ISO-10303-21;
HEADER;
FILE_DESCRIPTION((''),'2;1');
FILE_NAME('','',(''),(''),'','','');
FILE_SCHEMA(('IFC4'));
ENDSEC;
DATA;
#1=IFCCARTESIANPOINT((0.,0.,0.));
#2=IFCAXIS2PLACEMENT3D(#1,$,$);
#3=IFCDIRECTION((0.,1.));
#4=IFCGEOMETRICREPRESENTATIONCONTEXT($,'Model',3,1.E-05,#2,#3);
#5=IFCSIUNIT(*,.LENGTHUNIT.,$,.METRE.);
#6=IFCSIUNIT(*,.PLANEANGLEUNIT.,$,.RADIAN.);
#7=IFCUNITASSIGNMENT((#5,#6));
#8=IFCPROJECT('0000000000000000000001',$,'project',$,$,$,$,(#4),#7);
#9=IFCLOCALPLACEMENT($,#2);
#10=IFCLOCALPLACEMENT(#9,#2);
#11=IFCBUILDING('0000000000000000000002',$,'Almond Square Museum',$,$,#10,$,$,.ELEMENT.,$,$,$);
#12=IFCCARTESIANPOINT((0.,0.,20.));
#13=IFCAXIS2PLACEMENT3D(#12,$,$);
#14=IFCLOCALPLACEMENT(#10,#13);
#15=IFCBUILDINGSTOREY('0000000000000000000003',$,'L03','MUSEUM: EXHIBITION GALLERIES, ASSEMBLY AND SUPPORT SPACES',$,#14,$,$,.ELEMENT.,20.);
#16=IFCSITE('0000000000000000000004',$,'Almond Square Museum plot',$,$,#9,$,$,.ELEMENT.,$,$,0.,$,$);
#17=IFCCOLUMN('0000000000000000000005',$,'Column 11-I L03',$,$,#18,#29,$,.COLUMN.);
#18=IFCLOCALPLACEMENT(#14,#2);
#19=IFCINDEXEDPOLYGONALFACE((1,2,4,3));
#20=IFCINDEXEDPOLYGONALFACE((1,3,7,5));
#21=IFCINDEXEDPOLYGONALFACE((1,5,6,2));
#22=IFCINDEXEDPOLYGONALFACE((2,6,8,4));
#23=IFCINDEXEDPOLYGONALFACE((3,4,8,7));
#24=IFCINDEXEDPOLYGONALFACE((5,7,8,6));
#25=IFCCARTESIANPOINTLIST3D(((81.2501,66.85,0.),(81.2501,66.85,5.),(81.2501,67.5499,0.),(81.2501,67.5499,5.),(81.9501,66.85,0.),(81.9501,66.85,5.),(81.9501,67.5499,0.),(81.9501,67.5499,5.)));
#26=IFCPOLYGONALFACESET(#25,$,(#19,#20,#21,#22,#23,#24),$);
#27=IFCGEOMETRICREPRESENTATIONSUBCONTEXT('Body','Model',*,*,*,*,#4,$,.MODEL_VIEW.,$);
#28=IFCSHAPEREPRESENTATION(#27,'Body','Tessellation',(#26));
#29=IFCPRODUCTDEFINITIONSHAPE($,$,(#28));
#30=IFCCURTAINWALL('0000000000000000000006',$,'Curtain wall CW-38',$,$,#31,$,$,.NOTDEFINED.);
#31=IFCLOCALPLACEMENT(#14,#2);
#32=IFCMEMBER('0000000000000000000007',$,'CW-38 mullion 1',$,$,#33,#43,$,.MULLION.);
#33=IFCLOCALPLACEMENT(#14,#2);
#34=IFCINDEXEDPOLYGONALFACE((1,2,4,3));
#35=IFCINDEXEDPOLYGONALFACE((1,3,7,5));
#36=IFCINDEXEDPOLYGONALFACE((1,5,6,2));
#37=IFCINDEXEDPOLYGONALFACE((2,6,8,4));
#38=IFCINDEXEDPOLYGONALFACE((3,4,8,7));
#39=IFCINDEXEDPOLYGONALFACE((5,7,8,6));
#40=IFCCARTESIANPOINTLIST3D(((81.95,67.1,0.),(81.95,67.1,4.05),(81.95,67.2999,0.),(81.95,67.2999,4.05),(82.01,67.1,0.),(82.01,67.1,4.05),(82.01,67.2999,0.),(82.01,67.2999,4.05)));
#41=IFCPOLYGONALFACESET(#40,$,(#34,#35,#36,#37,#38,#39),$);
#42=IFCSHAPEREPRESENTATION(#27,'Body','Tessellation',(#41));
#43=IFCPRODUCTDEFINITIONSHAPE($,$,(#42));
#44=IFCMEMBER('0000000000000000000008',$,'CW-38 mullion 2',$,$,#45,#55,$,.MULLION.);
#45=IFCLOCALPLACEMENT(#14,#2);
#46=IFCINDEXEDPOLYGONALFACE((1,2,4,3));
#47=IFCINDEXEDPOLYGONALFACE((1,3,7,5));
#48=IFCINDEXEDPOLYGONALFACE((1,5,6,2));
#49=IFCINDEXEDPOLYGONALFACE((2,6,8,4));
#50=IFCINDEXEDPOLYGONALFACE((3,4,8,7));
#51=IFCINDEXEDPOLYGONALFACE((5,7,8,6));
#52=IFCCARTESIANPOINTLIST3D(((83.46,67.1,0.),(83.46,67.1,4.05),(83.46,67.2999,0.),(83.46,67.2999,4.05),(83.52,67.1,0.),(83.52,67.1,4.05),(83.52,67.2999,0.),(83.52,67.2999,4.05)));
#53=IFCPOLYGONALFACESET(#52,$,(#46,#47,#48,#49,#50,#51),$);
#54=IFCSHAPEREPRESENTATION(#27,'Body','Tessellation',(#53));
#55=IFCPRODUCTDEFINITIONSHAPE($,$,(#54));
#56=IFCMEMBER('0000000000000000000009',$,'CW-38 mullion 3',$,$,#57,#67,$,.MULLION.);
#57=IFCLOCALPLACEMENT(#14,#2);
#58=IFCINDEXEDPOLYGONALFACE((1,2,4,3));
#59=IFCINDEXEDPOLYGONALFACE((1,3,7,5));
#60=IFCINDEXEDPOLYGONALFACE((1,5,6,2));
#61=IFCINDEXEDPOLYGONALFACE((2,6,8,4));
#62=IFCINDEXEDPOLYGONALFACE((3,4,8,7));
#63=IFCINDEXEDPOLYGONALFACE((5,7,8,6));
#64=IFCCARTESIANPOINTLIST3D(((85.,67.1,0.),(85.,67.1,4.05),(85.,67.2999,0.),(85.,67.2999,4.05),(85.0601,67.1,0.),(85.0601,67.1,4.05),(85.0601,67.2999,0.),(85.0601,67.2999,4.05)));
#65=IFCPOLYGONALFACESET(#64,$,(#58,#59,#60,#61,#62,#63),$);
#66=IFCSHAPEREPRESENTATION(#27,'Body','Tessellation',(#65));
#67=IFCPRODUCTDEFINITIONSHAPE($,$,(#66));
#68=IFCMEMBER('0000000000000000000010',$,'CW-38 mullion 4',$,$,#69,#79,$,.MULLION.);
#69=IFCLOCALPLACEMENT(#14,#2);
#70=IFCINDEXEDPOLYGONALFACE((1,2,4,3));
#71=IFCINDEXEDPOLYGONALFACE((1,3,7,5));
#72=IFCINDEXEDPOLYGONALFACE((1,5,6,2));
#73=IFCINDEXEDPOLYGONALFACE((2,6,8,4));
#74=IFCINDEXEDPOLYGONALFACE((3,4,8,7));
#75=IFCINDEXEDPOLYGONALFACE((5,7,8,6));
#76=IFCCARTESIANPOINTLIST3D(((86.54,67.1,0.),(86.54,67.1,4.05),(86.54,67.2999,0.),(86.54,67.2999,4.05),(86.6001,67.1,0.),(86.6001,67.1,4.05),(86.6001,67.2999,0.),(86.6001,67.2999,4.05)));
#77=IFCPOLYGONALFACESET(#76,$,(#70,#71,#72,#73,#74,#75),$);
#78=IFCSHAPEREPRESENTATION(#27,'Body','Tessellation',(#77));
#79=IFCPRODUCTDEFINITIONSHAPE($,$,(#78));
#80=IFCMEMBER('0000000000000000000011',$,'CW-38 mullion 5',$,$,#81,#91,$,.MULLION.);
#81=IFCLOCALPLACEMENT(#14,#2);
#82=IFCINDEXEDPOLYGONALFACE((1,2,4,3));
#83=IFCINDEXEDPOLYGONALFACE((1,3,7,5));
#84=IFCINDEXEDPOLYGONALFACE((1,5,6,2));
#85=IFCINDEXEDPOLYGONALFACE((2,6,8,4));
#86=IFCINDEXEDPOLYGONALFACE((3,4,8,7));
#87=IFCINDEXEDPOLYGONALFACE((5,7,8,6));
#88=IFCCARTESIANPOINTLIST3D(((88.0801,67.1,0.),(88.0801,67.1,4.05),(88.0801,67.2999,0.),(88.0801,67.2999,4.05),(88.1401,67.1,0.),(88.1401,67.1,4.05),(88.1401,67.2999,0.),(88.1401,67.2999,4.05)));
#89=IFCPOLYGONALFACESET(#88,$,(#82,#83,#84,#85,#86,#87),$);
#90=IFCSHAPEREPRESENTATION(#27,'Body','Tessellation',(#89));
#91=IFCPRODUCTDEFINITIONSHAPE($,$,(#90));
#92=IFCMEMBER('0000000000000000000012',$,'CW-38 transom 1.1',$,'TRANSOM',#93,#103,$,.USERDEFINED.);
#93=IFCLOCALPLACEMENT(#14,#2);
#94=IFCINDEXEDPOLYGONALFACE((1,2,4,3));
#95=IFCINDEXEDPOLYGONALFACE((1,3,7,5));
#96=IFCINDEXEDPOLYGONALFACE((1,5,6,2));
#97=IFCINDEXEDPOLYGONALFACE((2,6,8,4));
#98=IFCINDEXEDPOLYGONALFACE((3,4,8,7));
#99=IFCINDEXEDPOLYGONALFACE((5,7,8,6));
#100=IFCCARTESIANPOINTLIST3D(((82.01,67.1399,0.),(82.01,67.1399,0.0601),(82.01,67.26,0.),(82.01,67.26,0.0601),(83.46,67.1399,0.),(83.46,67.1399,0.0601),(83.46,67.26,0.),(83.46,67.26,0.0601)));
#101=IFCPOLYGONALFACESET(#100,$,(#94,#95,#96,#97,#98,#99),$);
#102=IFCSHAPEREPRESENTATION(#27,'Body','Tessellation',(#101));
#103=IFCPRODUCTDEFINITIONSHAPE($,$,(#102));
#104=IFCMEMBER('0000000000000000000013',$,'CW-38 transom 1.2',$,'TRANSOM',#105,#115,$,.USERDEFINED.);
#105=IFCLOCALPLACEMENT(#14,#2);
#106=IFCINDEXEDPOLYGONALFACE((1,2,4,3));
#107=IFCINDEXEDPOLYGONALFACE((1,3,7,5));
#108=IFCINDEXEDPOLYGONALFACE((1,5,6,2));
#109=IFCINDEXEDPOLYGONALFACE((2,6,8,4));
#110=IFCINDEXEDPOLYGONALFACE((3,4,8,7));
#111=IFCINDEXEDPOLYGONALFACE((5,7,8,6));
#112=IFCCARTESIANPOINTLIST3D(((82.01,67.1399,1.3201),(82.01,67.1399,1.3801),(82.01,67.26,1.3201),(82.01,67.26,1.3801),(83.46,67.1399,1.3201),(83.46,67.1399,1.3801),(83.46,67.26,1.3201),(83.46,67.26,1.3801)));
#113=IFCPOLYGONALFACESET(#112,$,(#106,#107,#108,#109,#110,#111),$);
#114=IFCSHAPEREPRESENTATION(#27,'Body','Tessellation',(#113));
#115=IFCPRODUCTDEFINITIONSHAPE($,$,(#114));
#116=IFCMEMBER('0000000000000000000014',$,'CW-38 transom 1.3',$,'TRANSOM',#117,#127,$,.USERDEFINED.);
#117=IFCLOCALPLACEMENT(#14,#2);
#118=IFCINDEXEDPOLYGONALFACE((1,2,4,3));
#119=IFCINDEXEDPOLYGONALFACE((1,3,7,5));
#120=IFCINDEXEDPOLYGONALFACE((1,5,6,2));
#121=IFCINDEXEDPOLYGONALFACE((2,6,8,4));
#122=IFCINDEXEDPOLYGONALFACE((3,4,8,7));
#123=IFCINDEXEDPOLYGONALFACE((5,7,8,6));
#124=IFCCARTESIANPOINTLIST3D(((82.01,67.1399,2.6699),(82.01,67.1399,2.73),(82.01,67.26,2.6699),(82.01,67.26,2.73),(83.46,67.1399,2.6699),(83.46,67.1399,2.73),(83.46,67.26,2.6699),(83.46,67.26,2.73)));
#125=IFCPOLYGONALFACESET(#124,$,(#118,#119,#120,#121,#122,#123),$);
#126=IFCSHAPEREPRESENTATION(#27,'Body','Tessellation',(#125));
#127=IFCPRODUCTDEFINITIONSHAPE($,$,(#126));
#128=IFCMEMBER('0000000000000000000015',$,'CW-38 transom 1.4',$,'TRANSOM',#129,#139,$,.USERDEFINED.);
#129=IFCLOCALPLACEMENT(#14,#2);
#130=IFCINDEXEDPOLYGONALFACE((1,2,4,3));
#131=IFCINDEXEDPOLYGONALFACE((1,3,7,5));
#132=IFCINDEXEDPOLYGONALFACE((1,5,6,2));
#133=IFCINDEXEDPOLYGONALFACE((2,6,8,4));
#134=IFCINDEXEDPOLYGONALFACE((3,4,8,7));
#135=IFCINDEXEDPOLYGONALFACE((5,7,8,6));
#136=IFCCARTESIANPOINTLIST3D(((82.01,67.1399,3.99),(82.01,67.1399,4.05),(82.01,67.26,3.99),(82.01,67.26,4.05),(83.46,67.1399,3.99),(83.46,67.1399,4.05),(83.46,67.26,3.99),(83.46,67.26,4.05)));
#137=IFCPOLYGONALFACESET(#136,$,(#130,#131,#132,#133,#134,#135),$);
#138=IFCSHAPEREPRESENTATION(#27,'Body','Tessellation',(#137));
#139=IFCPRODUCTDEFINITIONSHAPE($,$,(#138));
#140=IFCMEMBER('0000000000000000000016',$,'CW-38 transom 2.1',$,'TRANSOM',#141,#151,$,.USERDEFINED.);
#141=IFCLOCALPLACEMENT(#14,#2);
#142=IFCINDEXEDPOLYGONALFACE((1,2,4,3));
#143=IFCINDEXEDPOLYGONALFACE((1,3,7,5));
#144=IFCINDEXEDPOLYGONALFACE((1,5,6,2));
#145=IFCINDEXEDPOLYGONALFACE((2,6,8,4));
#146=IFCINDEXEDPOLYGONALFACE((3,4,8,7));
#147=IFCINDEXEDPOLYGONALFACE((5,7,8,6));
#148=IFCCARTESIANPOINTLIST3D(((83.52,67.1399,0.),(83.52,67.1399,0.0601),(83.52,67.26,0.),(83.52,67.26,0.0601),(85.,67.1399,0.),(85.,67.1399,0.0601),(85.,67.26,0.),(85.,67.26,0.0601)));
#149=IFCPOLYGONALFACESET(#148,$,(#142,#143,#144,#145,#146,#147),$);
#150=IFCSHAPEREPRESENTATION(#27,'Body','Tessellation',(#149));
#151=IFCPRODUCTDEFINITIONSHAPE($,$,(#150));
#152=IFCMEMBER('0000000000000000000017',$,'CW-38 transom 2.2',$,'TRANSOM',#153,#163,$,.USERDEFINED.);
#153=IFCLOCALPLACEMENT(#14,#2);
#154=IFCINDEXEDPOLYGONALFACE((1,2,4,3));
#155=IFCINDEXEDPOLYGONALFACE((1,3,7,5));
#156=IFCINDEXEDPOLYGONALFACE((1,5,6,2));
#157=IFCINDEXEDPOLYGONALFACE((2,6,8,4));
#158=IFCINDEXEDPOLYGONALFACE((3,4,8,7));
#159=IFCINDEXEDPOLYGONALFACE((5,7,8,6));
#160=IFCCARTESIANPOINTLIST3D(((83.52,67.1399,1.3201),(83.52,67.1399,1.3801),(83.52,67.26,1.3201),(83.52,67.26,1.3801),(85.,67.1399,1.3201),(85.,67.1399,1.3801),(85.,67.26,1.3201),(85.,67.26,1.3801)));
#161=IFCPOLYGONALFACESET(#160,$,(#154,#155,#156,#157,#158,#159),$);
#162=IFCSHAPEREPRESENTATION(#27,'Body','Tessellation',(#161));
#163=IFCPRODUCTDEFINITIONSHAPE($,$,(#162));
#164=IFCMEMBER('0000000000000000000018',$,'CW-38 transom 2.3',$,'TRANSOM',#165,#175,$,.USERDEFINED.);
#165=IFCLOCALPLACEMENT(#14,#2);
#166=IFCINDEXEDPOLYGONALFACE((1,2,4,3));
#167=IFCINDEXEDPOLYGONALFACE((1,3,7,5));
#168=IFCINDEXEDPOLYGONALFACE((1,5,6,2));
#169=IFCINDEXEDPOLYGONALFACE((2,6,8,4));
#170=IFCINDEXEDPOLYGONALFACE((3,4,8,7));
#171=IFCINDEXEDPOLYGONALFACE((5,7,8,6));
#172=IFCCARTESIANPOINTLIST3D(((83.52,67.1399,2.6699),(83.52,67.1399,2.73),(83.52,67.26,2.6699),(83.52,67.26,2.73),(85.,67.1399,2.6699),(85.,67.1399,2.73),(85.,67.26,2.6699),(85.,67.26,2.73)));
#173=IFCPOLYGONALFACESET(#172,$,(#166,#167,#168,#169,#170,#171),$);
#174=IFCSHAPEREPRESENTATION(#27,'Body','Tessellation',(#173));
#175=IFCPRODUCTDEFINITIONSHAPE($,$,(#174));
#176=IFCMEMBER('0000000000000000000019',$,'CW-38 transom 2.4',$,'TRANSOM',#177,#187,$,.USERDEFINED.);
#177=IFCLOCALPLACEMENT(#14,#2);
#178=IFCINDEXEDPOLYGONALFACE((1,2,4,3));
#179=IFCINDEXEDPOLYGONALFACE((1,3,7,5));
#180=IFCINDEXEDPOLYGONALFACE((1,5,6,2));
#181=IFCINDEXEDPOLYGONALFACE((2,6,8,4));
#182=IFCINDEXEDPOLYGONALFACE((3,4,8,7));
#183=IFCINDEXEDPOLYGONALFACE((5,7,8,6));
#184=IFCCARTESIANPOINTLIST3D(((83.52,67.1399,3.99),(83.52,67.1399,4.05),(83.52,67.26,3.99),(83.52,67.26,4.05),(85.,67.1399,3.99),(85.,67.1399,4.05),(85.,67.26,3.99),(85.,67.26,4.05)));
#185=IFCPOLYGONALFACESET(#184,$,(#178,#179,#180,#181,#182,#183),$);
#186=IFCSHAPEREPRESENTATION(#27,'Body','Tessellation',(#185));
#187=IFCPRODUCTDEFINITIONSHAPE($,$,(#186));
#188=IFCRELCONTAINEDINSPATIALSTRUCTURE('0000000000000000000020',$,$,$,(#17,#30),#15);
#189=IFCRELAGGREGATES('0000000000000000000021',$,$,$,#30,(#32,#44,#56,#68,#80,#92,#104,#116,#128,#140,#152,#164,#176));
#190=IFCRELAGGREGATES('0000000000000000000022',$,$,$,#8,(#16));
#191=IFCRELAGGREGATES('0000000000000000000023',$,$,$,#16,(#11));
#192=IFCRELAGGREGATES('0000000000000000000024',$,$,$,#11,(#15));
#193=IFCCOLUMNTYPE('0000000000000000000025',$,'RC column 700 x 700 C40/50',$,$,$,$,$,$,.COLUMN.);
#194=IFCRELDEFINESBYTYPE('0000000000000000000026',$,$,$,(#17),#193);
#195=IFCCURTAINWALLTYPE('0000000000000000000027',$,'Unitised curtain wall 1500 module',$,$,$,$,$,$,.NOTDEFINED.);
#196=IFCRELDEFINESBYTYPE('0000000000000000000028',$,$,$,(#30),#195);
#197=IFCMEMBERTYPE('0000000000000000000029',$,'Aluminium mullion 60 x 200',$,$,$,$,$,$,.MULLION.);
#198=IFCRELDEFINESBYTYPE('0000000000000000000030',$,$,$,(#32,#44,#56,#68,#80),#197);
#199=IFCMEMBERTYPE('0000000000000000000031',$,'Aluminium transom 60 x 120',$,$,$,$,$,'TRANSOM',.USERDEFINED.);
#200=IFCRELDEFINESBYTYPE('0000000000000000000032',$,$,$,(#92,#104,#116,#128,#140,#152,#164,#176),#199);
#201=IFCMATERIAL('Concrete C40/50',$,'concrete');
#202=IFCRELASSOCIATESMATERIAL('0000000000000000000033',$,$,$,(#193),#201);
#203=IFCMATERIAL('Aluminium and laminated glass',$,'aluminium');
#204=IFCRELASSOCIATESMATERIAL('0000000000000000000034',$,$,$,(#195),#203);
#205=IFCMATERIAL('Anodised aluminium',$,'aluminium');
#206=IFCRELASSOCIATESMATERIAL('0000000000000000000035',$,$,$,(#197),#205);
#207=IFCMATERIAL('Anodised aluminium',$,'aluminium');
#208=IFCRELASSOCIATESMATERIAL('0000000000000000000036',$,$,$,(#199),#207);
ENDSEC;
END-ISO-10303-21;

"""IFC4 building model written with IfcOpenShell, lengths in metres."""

from ifc_helpers import new_model, si_unit, direction, frame, origin, origin_2d, place, context, subcontext, project, spatial, rectangle, extrude, material, material_profile, profile_set, type_object, element, aggregate, save


model = new_model("IFC4")

# Units and contexts
model_context = context("Model", 3, precision=1e-05, world=origin(), true_north=direction((0.0, 1.0)))
body_context = subcontext(model_context, "Body", "Model", "MODEL_VIEW")
ifc_project = project(units=[si_unit("LENGTHUNIT", "METRE"), si_unit("PLANEANGLEUNIT", "RADIAN")], contexts=[model_context])

# Site, building, storey
site_placement = place(None, origin())
site = spatial("IfcSite", under=ifc_project, at=site_placement, Name="Almond Square Museum plot", CompositionType="ELEMENT", RefElevation=0.0)
building_placement = place(site_placement, origin())
building = spatial("IfcBuilding", under=site, at=building_placement, Name="Almond Square Museum", CompositionType="ELEMENT")
storey_placement = place(building_placement, frame((0.0, 0.0, 20.0)))
storey = spatial("IfcBuildingStorey", under=building, at=storey_placement, Name="L03", Description="MUSEUM: EXHIBITION GALLERIES, ASSEMBLY AND SUPPORT SPACES", CompositionType="ELEMENT", Elevation=20.0)

# Column
ifc_material_1 = material(Name="Concrete C40/50", Category="concrete")
ifc_material_profile_1 = material_profile(ifc_material_1, rectangle(XDim=0.7, YDim=0.7, at=origin_2d()))
ifc_profile_set_1 = profile_set([ifc_material_profile_1], Name="Concrete C40/50")
column_type = type_object("IfcColumnType", Name="RC column 700 x 700 C40/50", PredefinedType="COLUMN", material=ifc_profile_set_1)
column_placement = place(storey_placement, frame((81.6001, 67.2, 0.0), z_axis=(0.0, 0.0, 1.0), x_axis=(1.0, 0.0, 0.0)))
element("IfcColumn", 1, at=column_placement, inside=storey, type_object=column_type, Name="Column 11-I L03", PredefinedType="COLUMN", context=body_context, shape_type="SweptSolid", body=[
    extrude(rectangle(XDim=0.7, YDim=0.7, at=origin_2d()), origin(), (0.0, 0.0, 1.0), 5.0),
])

# Curtain wall, members
ifc_material_2 = material(Name="Aluminium and laminated glass", Category="aluminium")
curtain_wall_type = type_object("IfcCurtainWallType", Name="Unitised curtain wall 1500 module", PredefinedType="NOTDEFINED", material=ifc_material_2)
curtain_wall_placement = place(storey_placement, origin())
curtain_wall = element("IfcCurtainWall", 2, at=curtain_wall_placement, inside=storey, type_object=curtain_wall_type, Name="Curtain wall CW-38", PredefinedType="NOTDEFINED")
ifc_material_3 = material(Name="Anodised aluminium", Category="aluminium")
ifc_material_profile_2 = material_profile(ifc_material_3, rectangle(XDim=0.2, YDim=0.0601, at=origin_2d()))
ifc_profile_set_2 = profile_set([ifc_material_profile_2], Name="Anodised aluminium")
member_type_1 = type_object("IfcMemberType", Name="Aluminium mullion 60 x 200", PredefinedType="MULLION", material=ifc_profile_set_2)
member_1_placement = place(storey_placement, frame((81.98, 67.2, 0.0), z_axis=(0.0, 0.0, 1.0), x_axis=(0.0, 1.0, 0.0)))
member_1 = element("IfcMember", 3, at=member_1_placement, type_object=member_type_1, Name="CW-38 mullion 1", PredefinedType="MULLION", context=body_context, shape_type="SweptSolid", body=[
    extrude(rectangle(XDim=0.2, YDim=0.0601, at=origin_2d()), origin(), (0.0, 0.0, 1.0), 4.05),
])
member_2_placement = place(storey_placement, frame((83.49, 67.2, 0.0), z_axis=(0.0, 0.0, 1.0), x_axis=(0.0, 1.0, 0.0)))
member_2 = element("IfcMember", 4, at=member_2_placement, type_object=member_type_1, Name="CW-38 mullion 2", PredefinedType="MULLION", context=body_context, shape_type="SweptSolid", body=[
    extrude(rectangle(XDim=0.2, YDim=0.0601, at=origin_2d()), origin(), (0.0, 0.0, 1.0), 4.05),
])
member_3_placement = place(storey_placement, frame((85.03, 67.2, 0.0), z_axis=(0.0, 0.0, 1.0), x_axis=(0.0, 1.0, 0.0)))
member_3 = element("IfcMember", 5, at=member_3_placement, type_object=member_type_1, Name="CW-38 mullion 3", PredefinedType="MULLION", context=body_context, shape_type="SweptSolid", body=[
    extrude(rectangle(XDim=0.2, YDim=0.0601, at=origin_2d()), origin(), (0.0, 0.0, 1.0), 4.05),
])
member_4_placement = place(storey_placement, frame((86.5701, 67.2, 0.0), z_axis=(0.0, 0.0, 1.0), x_axis=(0.0, 1.0, 0.0)))
member_4 = element("IfcMember", 6, at=member_4_placement, type_object=member_type_1, Name="CW-38 mullion 4", PredefinedType="MULLION", context=body_context, shape_type="SweptSolid", body=[
    extrude(rectangle(XDim=0.2, YDim=0.0601, at=origin_2d()), origin(), (0.0, 0.0, 1.0), 4.05),
])
member_5_placement = place(storey_placement, frame((88.1101, 67.2, 0.0), z_axis=(0.0, 0.0, 1.0), x_axis=(0.0, 1.0, 0.0)))
member_5 = element("IfcMember", 7, at=member_5_placement, type_object=member_type_1, Name="CW-38 mullion 5", PredefinedType="MULLION", context=body_context, shape_type="SweptSolid", body=[
    extrude(rectangle(XDim=0.2, YDim=0.0601, at=origin_2d()), origin(), (0.0, 0.0, 1.0), 4.05),
])
ifc_material_4 = material(Name="Anodised aluminium", Category="aluminium")
ifc_material_profile_3 = material_profile(ifc_material_4, rectangle(XDim=0.1201, YDim=0.0601, at=origin_2d()))
ifc_profile_set_3 = profile_set([ifc_material_profile_3], Name="Anodised aluminium")
member_type_2 = type_object("IfcMemberType", Name="Aluminium transom 60 x 120", ElementType="TRANSOM", PredefinedType="USERDEFINED", material=ifc_profile_set_3)
member_6_placement = place(storey_placement, frame((82.01, 67.2, 0.03), z_axis=(1.0, 0.0, 0.0), x_axis=(0.0, 1.0, 0.0)))
member_6 = element("IfcMember", 8, at=member_6_placement, type_object=member_type_2, Name="CW-38 transom 1.1", ObjectType="TRANSOM", PredefinedType="USERDEFINED", context=body_context, shape_type="SweptSolid", body=[
    extrude(rectangle(XDim=0.1201, YDim=0.0601, at=origin_2d()), origin(), (0.0, 0.0, 1.0), 1.45),
])
member_7_placement = place(storey_placement, frame((82.01, 67.2, 1.3501), z_axis=(1.0, 0.0, 0.0), x_axis=(0.0, 1.0, 0.0)))
member_7 = element("IfcMember", 9, at=member_7_placement, type_object=member_type_2, Name="CW-38 transom 1.2", ObjectType="TRANSOM", PredefinedType="USERDEFINED", context=body_context, shape_type="SweptSolid", body=[
    extrude(rectangle(XDim=0.1201, YDim=0.0601, at=origin_2d()), origin(), (0.0, 0.0, 1.0), 1.45),
])
member_8_placement = place(storey_placement, frame((82.01, 67.2, 2.7), z_axis=(1.0, 0.0, 0.0), x_axis=(0.0, 1.0, 0.0)))
member_8 = element("IfcMember", 10, at=member_8_placement, type_object=member_type_2, Name="CW-38 transom 1.3", ObjectType="TRANSOM", PredefinedType="USERDEFINED", context=body_context, shape_type="SweptSolid", body=[
    extrude(rectangle(XDim=0.1201, YDim=0.0601, at=origin_2d()), origin(), (0.0, 0.0, 1.0), 1.45),
])
member_9_placement = place(storey_placement, frame((82.01, 67.2, 4.02), z_axis=(1.0, 0.0, 0.0), x_axis=(0.0, 1.0, 0.0)))
member_9 = element("IfcMember", 11, at=member_9_placement, type_object=member_type_2, Name="CW-38 transom 1.4", ObjectType="TRANSOM", PredefinedType="USERDEFINED", context=body_context, shape_type="SweptSolid", body=[
    extrude(rectangle(XDim=0.1201, YDim=0.0601, at=origin_2d()), origin(), (0.0, 0.0, 1.0), 1.45),
])
member_10_placement = place(storey_placement, frame((83.52, 67.2, 0.03), z_axis=(1.0, 0.0, 0.0), x_axis=(0.0, 1.0, 0.0)))
member_10 = element("IfcMember", 12, at=member_10_placement, type_object=member_type_2, Name="CW-38 transom 2.1", ObjectType="TRANSOM", PredefinedType="USERDEFINED", context=body_context, shape_type="SweptSolid", body=[
    extrude(rectangle(XDim=0.1201, YDim=0.0601, at=origin_2d()), origin(), (0.0, 0.0, 1.0), 1.48),
])
member_11_placement = place(storey_placement, frame((83.52, 67.2, 1.3501), z_axis=(1.0, 0.0, 0.0), x_axis=(0.0, 1.0, 0.0)))
member_11 = element("IfcMember", 13, at=member_11_placement, type_object=member_type_2, Name="CW-38 transom 2.2", ObjectType="TRANSOM", PredefinedType="USERDEFINED", context=body_context, shape_type="SweptSolid", body=[
    extrude(rectangle(XDim=0.1201, YDim=0.0601, at=origin_2d()), origin(), (0.0, 0.0, 1.0), 1.48),
])
member_12_placement = place(storey_placement, frame((83.52, 67.2, 2.7), z_axis=(1.0, 0.0, 0.0), x_axis=(0.0, 1.0, 0.0)))
member_12 = element("IfcMember", 14, at=member_12_placement, type_object=member_type_2, Name="CW-38 transom 2.3", ObjectType="TRANSOM", PredefinedType="USERDEFINED", context=body_context, shape_type="SweptSolid", body=[
    extrude(rectangle(XDim=0.1201, YDim=0.0601, at=origin_2d()), origin(), (0.0, 0.0, 1.0), 1.48),
])
member_13_placement = place(storey_placement, frame((83.52, 67.2, 4.02), z_axis=(1.0, 0.0, 0.0), x_axis=(0.0, 1.0, 0.0)))
member_13 = element("IfcMember", 15, at=member_13_placement, type_object=member_type_2, Name="CW-38 transom 2.4", ObjectType="TRANSOM", PredefinedType="USERDEFINED", context=body_context, shape_type="SweptSolid", body=[
    extrude(rectangle(XDim=0.1201, YDim=0.0601, at=origin_2d()), origin(), (0.0, 0.0, 1.0), 1.48),
])
aggregate(curtain_wall, [member_1, member_2, member_3, member_4, member_5, member_6, member_7, member_8, member_9, member_10, member_11, member_12, member_13])

save(model, "model.ifc")
